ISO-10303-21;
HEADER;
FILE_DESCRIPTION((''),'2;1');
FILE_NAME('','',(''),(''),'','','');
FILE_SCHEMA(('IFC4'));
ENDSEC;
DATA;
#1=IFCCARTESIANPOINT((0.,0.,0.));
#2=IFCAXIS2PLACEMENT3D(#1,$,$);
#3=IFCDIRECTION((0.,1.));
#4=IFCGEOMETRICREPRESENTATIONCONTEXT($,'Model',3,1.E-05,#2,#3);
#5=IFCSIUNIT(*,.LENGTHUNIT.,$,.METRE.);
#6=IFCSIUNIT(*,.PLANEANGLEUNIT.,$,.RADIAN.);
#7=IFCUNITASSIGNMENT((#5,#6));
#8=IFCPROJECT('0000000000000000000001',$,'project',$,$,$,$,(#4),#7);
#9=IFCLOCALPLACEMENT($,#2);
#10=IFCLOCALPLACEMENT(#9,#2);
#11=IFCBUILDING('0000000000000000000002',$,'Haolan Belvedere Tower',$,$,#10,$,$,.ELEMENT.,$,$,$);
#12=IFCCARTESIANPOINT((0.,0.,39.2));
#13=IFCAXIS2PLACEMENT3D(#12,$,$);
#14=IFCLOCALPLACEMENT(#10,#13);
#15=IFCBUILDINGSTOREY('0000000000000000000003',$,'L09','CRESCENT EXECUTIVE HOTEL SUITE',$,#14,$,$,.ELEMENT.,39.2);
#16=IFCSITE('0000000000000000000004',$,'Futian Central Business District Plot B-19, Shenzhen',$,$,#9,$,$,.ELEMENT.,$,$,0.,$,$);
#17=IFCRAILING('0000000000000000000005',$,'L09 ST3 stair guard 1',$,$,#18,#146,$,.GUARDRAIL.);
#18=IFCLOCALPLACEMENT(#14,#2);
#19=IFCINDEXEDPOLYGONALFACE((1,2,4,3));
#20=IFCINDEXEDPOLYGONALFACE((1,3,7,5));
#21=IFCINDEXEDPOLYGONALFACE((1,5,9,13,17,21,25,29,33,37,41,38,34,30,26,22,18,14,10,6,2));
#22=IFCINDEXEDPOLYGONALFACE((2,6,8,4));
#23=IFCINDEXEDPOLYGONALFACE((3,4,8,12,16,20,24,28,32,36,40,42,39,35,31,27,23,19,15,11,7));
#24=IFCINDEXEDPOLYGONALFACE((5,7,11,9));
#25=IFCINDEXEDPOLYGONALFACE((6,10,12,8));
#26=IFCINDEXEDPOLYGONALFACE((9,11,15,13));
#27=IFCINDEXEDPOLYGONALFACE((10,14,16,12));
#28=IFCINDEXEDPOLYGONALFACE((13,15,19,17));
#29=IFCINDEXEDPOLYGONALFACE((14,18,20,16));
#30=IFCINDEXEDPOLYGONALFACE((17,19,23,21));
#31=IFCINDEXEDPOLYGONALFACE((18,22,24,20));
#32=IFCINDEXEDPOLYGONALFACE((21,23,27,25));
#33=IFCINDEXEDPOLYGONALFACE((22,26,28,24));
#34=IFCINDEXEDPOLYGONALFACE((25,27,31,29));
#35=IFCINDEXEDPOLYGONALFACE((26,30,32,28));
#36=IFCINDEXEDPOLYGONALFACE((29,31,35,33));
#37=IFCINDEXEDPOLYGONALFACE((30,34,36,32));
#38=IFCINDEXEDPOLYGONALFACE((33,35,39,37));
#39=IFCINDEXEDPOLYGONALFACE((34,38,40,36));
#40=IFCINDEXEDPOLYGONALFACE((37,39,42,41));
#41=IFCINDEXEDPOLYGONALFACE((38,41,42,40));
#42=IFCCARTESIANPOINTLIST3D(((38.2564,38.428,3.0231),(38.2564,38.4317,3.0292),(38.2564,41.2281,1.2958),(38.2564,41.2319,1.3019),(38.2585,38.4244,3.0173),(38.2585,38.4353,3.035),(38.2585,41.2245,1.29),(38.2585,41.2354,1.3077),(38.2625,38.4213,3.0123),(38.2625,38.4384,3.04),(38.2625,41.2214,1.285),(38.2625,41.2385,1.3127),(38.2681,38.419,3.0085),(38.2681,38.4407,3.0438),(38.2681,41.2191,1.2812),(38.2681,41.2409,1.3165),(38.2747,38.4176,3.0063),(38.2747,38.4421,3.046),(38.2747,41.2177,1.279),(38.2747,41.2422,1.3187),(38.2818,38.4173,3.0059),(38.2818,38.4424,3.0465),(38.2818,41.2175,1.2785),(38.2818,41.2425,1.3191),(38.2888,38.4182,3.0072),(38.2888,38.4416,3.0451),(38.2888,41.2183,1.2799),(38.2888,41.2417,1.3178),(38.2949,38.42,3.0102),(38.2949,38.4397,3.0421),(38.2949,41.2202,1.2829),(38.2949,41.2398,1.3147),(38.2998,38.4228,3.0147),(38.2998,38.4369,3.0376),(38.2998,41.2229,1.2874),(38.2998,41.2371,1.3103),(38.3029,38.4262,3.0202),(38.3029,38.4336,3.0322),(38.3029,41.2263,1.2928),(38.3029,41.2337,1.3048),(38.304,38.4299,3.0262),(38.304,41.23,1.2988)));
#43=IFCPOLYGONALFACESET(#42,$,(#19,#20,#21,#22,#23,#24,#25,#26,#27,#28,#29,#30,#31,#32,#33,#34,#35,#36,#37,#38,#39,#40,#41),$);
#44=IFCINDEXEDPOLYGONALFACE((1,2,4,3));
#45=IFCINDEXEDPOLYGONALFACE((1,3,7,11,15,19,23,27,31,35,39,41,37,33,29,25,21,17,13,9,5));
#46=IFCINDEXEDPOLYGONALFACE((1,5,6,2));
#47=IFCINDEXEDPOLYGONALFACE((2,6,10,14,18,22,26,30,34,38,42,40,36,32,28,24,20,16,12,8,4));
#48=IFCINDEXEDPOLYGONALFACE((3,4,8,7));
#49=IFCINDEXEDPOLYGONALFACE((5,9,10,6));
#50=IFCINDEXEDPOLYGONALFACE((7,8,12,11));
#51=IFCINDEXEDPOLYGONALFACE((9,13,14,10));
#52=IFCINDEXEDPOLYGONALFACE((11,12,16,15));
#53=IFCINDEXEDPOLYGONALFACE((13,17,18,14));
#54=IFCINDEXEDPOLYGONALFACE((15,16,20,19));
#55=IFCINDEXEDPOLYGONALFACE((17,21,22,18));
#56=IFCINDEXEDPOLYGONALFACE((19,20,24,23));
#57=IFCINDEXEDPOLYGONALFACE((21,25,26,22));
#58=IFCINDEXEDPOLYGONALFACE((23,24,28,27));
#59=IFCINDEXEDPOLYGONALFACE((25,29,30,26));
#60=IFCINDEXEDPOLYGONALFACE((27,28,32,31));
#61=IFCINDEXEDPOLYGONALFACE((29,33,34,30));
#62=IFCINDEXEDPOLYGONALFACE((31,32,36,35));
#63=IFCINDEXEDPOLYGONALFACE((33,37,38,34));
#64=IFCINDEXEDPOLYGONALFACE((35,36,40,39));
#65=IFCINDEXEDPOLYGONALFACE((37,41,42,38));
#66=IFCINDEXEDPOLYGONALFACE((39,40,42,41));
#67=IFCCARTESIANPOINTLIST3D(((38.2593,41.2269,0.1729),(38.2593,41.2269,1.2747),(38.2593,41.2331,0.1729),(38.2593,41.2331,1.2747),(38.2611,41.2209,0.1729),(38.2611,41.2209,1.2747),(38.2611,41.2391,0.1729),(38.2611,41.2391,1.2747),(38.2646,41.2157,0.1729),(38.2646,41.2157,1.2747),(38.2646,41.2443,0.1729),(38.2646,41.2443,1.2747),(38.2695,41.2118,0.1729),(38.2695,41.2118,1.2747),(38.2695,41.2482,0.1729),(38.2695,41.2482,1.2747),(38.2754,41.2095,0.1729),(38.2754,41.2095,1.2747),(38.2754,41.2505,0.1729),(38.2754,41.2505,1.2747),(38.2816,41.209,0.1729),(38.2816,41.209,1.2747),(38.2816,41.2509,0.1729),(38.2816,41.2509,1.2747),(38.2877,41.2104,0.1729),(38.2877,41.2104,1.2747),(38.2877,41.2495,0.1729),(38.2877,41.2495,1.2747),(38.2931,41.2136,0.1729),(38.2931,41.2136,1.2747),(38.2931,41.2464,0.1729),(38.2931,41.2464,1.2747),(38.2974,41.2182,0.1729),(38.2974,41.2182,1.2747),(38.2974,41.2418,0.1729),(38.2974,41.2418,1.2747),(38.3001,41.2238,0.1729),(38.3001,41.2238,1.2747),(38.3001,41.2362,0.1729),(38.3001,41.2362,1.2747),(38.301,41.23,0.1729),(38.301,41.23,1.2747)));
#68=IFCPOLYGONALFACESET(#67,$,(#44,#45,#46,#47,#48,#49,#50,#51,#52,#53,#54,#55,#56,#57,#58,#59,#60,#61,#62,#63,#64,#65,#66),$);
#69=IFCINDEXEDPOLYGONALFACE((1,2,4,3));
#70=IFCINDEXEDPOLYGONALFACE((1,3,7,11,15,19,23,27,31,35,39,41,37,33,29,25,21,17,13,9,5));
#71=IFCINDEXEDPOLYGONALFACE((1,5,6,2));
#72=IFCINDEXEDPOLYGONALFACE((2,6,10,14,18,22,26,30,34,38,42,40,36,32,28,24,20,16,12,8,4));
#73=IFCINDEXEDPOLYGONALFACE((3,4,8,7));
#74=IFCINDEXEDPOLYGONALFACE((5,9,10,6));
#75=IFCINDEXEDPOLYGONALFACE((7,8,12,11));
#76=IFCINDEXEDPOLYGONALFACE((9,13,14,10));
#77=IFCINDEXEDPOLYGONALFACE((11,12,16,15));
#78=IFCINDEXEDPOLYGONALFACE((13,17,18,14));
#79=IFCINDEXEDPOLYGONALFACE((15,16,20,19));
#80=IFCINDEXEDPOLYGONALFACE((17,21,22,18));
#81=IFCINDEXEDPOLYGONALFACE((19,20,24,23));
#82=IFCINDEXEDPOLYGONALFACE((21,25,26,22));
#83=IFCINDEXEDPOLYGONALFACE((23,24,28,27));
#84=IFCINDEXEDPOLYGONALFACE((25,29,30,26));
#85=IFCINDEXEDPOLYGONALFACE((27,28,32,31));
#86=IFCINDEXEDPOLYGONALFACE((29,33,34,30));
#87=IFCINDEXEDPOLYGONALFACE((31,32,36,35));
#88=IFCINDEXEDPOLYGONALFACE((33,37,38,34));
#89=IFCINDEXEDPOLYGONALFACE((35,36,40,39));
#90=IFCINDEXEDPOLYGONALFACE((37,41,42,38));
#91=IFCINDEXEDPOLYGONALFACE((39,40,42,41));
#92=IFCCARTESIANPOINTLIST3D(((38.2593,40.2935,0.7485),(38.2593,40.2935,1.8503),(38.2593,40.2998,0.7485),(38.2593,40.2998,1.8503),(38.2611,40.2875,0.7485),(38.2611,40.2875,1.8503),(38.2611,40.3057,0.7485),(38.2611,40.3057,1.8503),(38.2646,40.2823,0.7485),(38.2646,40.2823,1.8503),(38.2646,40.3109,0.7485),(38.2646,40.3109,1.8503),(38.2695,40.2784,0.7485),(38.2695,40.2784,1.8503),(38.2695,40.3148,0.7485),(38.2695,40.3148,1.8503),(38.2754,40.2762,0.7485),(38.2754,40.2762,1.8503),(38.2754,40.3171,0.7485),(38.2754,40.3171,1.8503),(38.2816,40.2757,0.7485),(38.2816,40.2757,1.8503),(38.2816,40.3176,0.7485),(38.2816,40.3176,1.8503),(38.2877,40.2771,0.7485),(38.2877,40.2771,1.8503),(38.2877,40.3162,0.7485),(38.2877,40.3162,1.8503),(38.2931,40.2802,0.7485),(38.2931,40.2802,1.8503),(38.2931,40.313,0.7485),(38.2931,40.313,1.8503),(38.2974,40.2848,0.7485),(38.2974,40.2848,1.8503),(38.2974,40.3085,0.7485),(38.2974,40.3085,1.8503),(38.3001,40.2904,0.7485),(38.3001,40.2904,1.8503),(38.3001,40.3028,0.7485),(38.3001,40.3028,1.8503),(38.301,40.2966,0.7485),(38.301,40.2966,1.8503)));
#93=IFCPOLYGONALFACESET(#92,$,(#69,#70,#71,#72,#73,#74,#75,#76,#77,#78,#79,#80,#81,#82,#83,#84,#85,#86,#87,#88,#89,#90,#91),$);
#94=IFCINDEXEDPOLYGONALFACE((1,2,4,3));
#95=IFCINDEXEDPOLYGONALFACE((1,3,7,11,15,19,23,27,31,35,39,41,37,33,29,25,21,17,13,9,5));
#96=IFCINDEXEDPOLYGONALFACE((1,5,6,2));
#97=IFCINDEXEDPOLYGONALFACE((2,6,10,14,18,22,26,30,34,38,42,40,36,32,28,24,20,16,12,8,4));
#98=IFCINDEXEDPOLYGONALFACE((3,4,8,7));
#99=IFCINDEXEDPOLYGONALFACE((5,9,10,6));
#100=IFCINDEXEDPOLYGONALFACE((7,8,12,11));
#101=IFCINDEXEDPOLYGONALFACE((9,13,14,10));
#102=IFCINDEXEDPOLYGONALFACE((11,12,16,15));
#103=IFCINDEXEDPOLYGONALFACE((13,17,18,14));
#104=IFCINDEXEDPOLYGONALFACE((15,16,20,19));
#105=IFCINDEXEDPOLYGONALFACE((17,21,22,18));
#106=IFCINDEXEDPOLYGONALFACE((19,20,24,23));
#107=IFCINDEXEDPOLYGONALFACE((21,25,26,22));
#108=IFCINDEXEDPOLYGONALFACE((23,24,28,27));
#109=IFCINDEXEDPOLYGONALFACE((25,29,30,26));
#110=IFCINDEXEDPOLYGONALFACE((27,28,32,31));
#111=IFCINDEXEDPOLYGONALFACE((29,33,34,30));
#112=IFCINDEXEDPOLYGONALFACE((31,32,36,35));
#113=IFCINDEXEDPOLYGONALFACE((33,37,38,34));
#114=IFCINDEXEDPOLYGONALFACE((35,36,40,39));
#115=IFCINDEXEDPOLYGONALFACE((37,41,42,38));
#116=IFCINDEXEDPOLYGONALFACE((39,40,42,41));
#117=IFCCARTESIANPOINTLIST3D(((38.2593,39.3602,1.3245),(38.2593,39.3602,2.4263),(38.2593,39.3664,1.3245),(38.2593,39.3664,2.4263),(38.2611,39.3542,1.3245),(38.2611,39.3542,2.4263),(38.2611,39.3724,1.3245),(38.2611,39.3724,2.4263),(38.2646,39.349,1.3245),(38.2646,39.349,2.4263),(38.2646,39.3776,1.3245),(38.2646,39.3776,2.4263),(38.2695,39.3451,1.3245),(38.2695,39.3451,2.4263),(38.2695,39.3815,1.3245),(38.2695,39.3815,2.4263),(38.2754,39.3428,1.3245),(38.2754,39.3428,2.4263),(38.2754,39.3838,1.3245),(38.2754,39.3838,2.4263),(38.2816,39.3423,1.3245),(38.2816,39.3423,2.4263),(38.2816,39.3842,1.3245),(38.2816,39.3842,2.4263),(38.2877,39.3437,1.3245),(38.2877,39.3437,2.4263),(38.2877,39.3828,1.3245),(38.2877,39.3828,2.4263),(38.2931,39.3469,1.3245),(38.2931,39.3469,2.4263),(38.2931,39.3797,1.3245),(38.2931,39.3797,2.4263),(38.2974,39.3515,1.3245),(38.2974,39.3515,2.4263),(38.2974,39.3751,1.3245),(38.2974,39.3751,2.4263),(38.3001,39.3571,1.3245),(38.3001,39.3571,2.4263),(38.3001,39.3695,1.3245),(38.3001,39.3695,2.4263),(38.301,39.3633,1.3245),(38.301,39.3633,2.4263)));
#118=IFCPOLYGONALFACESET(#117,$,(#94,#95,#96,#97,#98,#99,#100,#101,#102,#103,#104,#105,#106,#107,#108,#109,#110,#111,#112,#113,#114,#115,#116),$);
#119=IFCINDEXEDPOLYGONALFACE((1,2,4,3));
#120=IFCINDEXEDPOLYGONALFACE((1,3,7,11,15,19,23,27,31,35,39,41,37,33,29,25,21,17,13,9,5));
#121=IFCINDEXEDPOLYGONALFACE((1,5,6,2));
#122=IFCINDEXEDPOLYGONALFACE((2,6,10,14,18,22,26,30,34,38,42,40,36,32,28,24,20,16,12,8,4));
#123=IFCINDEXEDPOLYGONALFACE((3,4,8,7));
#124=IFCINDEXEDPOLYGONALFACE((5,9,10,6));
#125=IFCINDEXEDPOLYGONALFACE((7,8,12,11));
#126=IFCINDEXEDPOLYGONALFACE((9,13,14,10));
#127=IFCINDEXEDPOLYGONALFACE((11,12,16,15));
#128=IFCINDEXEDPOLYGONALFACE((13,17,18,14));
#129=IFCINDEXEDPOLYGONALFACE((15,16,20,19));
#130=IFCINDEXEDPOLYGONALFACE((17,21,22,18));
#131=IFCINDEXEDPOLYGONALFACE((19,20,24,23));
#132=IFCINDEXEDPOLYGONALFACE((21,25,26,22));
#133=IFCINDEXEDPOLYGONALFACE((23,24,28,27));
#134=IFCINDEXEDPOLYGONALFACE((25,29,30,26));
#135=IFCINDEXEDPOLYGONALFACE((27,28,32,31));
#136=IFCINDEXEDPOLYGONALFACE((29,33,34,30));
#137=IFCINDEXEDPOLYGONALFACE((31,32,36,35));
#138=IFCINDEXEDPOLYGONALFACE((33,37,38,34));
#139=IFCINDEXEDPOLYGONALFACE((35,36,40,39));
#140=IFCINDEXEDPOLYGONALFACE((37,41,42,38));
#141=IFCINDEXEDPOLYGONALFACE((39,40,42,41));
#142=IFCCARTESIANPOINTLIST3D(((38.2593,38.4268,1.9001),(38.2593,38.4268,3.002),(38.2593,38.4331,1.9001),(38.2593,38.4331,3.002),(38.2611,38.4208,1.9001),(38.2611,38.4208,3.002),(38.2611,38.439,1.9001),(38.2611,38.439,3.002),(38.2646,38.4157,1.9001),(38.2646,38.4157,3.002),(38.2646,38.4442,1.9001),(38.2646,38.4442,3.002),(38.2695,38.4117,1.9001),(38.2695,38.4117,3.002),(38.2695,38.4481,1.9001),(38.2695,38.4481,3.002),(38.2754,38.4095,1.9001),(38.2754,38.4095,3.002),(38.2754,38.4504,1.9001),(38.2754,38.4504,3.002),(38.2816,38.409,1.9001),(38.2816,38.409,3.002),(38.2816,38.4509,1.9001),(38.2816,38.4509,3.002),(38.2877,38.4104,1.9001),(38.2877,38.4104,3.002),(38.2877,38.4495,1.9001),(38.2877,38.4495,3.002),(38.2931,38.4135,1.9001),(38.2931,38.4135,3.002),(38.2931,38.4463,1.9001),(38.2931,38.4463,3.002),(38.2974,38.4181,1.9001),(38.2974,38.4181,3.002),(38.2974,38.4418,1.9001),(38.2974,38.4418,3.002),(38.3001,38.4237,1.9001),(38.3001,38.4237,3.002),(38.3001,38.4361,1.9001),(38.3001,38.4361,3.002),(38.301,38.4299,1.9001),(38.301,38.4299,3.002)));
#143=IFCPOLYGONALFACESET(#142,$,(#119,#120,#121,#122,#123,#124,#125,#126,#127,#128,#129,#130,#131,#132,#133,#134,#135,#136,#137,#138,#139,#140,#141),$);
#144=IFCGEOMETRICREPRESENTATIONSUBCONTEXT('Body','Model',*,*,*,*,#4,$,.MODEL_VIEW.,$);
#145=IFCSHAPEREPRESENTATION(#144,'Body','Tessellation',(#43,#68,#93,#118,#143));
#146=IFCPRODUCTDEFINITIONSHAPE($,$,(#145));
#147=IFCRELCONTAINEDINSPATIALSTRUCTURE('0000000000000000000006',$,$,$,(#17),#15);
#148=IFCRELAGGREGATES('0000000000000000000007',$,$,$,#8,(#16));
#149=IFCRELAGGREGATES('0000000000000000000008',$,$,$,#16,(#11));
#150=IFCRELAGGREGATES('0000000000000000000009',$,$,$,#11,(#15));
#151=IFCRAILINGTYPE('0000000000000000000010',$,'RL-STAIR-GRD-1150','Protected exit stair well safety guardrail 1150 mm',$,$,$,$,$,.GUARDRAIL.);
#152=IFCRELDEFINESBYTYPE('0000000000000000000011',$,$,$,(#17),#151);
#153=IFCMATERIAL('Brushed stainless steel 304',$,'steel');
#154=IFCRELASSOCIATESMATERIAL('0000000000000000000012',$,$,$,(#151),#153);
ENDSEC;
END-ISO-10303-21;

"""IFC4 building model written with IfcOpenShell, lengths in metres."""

from ifc_helpers import new_model, si_unit, direction, frame, origin, origin_2d, place, context, subcontext, project, spatial, circle, extrude, material, type_object, element, save


model = new_model("IFC4")

# Units and contexts
model_context = context("Model", 3, precision=1e-05, world=origin(), true_north=direction((0.0, 1.0)))
body_context = subcontext(model_context, "Body", "Model", "MODEL_VIEW")
ifc_project = project(units=[si_unit("LENGTHUNIT", "METRE"), si_unit("PLANEANGLEUNIT", "RADIAN")], contexts=[model_context])

# Site, building, storey
site_placement = place(None, origin())
site = spatial("IfcSite", under=ifc_project, at=site_placement, Name="Futian Central Business District Plot B-19, Shenzhen", CompositionType="ELEMENT", RefElevation=0.0)
building_placement = place(site_placement, origin())
building = spatial("IfcBuilding", under=site, at=building_placement, Name="Haolan Belvedere Tower", CompositionType="ELEMENT")
storey_placement = place(building_placement, frame((0.0, 0.0, 39.2)))
storey = spatial("IfcBuildingStorey", under=building, at=storey_placement, Name="L09", Description="CRESCENT EXECUTIVE HOTEL SUITE", CompositionType="ELEMENT", Elevation=39.2)

# Railing
ifc_material_1 = material(Name="Brushed stainless steel 304", Category="steel")
railing_type_1 = type_object("IfcRailingType", Name="RL-STAIR-GRD-1150", Description="Protected exit stair well safety guardrail 1150 mm", PredefinedType="GUARDRAIL", material=ifc_material_1)
railing_1_placement = place(storey_placement, frame((38.28, 41.23, 0.1729)))
element("IfcRailing", 1, at=railing_1_placement, inside=storey, type_object=railing_type_1, Name="L09 ST3 stair guard 1", PredefinedType="GUARDRAIL", context=body_context, shape_type="SweptSolid", body=[
    extrude(circle(Radius=0.0239, at=origin_2d()), frame((0.0, 0.0, 1.126), z_axis=(0.0, -0.85109, 0.52502), x_axis=(1.0, 0.0, 0.0)), (0.0, 0.0, 1.0), 3.29),
    extrude(circle(Radius=0.021, at=origin_2d()), origin(), (0.0, 0.0, 1.0), 1.1018),
    extrude(circle(Radius=0.021, at=origin_2d()), frame((0.0, -0.9333, 0.5757)), (0.0, 0.0, 1.0), 1.1018),
    extrude(circle(Radius=0.021, at=origin_2d()), frame((0.0, -1.8667, 1.1516)), (0.0, 0.0, 1.0), 1.1018),
    extrude(circle(Radius=0.021, at=origin_2d()), frame((0.0, -2.8, 1.7273)), (0.0, 0.0, 1.0), 1.1018),
])

save(model, "model.ifc")
